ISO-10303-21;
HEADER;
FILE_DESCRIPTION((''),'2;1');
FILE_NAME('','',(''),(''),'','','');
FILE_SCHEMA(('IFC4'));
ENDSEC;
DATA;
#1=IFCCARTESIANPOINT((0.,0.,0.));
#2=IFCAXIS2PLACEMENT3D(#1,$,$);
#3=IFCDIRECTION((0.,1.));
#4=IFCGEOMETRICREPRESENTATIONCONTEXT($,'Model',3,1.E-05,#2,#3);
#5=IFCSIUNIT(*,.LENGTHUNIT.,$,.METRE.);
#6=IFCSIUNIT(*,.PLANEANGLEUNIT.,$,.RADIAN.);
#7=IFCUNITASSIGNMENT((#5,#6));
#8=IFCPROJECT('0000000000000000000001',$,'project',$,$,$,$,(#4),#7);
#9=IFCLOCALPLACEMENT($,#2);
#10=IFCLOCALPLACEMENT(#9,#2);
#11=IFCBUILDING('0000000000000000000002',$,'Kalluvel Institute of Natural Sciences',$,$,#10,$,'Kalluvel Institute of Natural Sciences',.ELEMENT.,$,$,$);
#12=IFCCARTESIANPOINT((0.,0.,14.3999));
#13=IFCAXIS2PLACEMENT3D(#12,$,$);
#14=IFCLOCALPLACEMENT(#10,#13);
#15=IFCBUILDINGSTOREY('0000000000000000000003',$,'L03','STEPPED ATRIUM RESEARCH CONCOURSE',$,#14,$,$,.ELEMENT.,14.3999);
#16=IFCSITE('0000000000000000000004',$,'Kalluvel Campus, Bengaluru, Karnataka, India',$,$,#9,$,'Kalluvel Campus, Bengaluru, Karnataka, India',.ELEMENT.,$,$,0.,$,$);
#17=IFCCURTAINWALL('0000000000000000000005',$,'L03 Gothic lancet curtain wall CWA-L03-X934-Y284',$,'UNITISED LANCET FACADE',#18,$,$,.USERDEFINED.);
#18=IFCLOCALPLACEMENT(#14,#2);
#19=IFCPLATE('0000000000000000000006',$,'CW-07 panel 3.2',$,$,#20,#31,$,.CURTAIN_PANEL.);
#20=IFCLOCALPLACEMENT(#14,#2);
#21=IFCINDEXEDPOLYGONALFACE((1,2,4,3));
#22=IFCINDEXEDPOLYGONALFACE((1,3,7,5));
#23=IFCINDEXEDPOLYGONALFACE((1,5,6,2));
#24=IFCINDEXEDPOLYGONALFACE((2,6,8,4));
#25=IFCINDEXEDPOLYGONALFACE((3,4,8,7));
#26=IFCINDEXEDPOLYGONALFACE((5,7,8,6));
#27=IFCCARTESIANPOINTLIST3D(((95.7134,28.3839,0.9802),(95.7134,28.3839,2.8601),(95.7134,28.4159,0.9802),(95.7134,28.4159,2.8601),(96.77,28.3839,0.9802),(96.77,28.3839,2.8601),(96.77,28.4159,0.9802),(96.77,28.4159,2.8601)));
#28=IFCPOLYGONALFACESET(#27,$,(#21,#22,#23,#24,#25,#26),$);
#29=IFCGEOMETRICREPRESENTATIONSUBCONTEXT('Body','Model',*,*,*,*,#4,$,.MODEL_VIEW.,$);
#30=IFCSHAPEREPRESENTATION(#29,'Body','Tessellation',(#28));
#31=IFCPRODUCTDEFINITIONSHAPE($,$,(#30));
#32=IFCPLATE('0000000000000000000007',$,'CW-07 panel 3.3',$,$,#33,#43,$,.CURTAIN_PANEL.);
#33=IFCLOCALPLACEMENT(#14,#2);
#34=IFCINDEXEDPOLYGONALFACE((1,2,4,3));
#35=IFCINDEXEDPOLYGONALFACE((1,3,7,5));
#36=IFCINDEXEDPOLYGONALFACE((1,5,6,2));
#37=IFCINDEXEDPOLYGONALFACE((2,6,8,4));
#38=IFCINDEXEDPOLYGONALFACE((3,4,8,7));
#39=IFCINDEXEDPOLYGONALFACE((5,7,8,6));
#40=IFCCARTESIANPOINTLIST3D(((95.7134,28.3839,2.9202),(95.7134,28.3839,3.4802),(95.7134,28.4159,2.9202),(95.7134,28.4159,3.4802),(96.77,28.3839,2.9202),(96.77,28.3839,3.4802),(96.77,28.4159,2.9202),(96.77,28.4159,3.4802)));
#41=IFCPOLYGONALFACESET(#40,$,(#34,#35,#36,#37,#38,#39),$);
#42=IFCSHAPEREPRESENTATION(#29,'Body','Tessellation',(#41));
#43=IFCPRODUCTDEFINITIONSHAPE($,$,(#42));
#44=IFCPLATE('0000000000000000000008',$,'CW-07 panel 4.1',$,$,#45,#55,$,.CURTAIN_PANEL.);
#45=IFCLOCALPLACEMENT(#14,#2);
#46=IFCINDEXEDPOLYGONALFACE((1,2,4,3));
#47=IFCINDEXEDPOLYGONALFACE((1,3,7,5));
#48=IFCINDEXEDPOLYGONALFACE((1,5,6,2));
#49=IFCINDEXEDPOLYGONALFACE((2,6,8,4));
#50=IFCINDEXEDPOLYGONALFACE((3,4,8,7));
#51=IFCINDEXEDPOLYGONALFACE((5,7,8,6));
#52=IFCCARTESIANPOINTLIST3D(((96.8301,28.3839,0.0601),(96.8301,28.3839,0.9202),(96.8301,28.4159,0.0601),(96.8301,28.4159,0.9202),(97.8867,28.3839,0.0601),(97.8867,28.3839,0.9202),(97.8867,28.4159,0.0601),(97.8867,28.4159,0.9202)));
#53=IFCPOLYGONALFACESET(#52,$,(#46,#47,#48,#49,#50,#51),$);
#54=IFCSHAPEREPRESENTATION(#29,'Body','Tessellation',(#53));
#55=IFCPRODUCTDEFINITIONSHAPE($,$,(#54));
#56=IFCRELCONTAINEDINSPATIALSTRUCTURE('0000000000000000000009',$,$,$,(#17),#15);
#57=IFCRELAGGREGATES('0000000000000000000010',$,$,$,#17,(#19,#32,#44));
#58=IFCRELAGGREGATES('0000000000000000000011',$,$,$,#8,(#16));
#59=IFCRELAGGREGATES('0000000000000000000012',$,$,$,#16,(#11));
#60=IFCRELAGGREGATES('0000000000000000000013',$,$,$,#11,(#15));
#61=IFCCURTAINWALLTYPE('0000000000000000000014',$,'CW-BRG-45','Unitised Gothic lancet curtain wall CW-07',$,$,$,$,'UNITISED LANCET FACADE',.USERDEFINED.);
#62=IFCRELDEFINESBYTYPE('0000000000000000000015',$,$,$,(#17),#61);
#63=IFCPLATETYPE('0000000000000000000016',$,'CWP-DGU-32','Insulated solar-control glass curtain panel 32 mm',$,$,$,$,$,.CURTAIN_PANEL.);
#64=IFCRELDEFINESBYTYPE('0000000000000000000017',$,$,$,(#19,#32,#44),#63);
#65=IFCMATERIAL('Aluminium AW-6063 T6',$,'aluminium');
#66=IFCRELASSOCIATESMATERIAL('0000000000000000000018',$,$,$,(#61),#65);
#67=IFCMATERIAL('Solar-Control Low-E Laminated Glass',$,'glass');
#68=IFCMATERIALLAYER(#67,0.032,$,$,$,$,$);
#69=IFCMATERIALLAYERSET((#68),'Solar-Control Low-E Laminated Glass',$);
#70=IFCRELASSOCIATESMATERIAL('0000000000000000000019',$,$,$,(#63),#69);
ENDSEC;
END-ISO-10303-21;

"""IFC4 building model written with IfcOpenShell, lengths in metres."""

from ifc_helpers import new_model, si_unit, direction, frame, origin, origin_2d, place, context, subcontext, project, spatial, rectangle, extrude, material, layer, layer_set, type_object, element, aggregate, save


model = new_model("IFC4")

# Units and contexts
model_context = context("Model", 3, precision=1e-05, world=origin(), true_north=direction((0.0, 1.0)))
body_context = subcontext(model_context, "Body", "Model", "MODEL_VIEW")
ifc_project = project(units=[si_unit("LENGTHUNIT", "METRE"), si_unit("PLANEANGLEUNIT", "RADIAN")], contexts=[model_context])

# Site, building, storey
site_placement = place(None, origin())
site = spatial("IfcSite", under=ifc_project, at=site_placement, Name="Kalluvel Campus, Bengaluru, Karnataka, India", LongName="Kalluvel Campus, Bengaluru, Karnataka, India", CompositionType="ELEMENT", RefElevation=0.0)
building_placement = place(site_placement, origin())
building = spatial("IfcBuilding", under=site, at=building_placement, Name="Kalluvel Institute of Natural Sciences", LongName="Kalluvel Institute of Natural Sciences", CompositionType="ELEMENT")
storey_placement = place(building_placement, frame((0.0, 0.0, 14.3999)))
storey = spatial("IfcBuildingStorey", under=building, at=storey_placement, Name="L03", Description="STEPPED ATRIUM RESEARCH CONCOURSE", CompositionType="ELEMENT", Elevation=14.3999)

# Curtain wall, plates
ifc_material_1 = material(Name="Aluminium AW-6063 T6", Category="aluminium")
curtain_wall_type = type_object("IfcCurtainWallType", Name="CW-BRG-45", Description="Unitised Gothic lancet curtain wall CW-07", ElementType="UNITISED LANCET FACADE", PredefinedType="USERDEFINED", material=ifc_material_1)
curtain_wall_placement = place(storey_placement, origin())
curtain_wall = element("IfcCurtainWall", 1, at=curtain_wall_placement, inside=storey, type_object=curtain_wall_type, Name="L03 Gothic lancet curtain wall CWA-L03-X934-Y284", ObjectType="UNITISED LANCET FACADE", PredefinedType="USERDEFINED")
ifc_material_2 = material(Name="Solar-Control Low-E Laminated Glass", Category="glass")
ifc_layer = layer(ifc_material_2, 0.032)
ifc_layer_set = layer_set([ifc_layer], Name="Solar-Control Low-E Laminated Glass")
plate_type = type_object("IfcPlateType", Name="CWP-DGU-32", Description="Insulated solar-control glass curtain panel 32 mm", PredefinedType="CURTAIN_PANEL", material=ifc_layer_set)
plate_1_placement = place(storey_placement, frame((96.2417, 28.3999, 0.9802), z_axis=(0.0, 0.0, 1.0), x_axis=(1.0, 0.0, 0.0)))
plate_1 = element("IfcPlate", 2, at=plate_1_placement, type_object=plate_type, Name="CW-07 panel 3.2", PredefinedType="CURTAIN_PANEL", context=body_context, shape_type="SweptSolid", body=[
    extrude(rectangle(XDim=1.0566, YDim=0.032, at=origin_2d()), origin(), (0.0, 0.0, 1.0), 1.8799),
])
plate_2_placement = place(storey_placement, frame((96.2417, 28.3999, 2.9202), z_axis=(0.0, 0.0, 1.0), x_axis=(1.0, 0.0, 0.0)))
plate_2 = element("IfcPlate", 3, at=plate_2_placement, type_object=plate_type, Name="CW-07 panel 3.3", PredefinedType="CURTAIN_PANEL", context=body_context, shape_type="SweptSolid", body=[
    extrude(rectangle(XDim=1.0566, YDim=0.032, at=origin_2d()), origin(), (0.0, 0.0, 1.0), 0.5601),
])
plate_3_placement = place(storey_placement, frame((97.3584, 28.3999, 0.0601), z_axis=(0.0, 0.0, 1.0), x_axis=(1.0, 0.0, 0.0)))
plate_3 = element("IfcPlate", 4, at=plate_3_placement, type_object=plate_type, Name="CW-07 panel 4.1", PredefinedType="CURTAIN_PANEL", context=body_context, shape_type="SweptSolid", body=[
    extrude(rectangle(XDim=1.0566, YDim=0.032, at=origin_2d()), origin(), (0.0, 0.0, 1.0), 0.8601),
])
aggregate(curtain_wall, [plate_1, plate_2, plate_3])

save(model, "model.ifc")
